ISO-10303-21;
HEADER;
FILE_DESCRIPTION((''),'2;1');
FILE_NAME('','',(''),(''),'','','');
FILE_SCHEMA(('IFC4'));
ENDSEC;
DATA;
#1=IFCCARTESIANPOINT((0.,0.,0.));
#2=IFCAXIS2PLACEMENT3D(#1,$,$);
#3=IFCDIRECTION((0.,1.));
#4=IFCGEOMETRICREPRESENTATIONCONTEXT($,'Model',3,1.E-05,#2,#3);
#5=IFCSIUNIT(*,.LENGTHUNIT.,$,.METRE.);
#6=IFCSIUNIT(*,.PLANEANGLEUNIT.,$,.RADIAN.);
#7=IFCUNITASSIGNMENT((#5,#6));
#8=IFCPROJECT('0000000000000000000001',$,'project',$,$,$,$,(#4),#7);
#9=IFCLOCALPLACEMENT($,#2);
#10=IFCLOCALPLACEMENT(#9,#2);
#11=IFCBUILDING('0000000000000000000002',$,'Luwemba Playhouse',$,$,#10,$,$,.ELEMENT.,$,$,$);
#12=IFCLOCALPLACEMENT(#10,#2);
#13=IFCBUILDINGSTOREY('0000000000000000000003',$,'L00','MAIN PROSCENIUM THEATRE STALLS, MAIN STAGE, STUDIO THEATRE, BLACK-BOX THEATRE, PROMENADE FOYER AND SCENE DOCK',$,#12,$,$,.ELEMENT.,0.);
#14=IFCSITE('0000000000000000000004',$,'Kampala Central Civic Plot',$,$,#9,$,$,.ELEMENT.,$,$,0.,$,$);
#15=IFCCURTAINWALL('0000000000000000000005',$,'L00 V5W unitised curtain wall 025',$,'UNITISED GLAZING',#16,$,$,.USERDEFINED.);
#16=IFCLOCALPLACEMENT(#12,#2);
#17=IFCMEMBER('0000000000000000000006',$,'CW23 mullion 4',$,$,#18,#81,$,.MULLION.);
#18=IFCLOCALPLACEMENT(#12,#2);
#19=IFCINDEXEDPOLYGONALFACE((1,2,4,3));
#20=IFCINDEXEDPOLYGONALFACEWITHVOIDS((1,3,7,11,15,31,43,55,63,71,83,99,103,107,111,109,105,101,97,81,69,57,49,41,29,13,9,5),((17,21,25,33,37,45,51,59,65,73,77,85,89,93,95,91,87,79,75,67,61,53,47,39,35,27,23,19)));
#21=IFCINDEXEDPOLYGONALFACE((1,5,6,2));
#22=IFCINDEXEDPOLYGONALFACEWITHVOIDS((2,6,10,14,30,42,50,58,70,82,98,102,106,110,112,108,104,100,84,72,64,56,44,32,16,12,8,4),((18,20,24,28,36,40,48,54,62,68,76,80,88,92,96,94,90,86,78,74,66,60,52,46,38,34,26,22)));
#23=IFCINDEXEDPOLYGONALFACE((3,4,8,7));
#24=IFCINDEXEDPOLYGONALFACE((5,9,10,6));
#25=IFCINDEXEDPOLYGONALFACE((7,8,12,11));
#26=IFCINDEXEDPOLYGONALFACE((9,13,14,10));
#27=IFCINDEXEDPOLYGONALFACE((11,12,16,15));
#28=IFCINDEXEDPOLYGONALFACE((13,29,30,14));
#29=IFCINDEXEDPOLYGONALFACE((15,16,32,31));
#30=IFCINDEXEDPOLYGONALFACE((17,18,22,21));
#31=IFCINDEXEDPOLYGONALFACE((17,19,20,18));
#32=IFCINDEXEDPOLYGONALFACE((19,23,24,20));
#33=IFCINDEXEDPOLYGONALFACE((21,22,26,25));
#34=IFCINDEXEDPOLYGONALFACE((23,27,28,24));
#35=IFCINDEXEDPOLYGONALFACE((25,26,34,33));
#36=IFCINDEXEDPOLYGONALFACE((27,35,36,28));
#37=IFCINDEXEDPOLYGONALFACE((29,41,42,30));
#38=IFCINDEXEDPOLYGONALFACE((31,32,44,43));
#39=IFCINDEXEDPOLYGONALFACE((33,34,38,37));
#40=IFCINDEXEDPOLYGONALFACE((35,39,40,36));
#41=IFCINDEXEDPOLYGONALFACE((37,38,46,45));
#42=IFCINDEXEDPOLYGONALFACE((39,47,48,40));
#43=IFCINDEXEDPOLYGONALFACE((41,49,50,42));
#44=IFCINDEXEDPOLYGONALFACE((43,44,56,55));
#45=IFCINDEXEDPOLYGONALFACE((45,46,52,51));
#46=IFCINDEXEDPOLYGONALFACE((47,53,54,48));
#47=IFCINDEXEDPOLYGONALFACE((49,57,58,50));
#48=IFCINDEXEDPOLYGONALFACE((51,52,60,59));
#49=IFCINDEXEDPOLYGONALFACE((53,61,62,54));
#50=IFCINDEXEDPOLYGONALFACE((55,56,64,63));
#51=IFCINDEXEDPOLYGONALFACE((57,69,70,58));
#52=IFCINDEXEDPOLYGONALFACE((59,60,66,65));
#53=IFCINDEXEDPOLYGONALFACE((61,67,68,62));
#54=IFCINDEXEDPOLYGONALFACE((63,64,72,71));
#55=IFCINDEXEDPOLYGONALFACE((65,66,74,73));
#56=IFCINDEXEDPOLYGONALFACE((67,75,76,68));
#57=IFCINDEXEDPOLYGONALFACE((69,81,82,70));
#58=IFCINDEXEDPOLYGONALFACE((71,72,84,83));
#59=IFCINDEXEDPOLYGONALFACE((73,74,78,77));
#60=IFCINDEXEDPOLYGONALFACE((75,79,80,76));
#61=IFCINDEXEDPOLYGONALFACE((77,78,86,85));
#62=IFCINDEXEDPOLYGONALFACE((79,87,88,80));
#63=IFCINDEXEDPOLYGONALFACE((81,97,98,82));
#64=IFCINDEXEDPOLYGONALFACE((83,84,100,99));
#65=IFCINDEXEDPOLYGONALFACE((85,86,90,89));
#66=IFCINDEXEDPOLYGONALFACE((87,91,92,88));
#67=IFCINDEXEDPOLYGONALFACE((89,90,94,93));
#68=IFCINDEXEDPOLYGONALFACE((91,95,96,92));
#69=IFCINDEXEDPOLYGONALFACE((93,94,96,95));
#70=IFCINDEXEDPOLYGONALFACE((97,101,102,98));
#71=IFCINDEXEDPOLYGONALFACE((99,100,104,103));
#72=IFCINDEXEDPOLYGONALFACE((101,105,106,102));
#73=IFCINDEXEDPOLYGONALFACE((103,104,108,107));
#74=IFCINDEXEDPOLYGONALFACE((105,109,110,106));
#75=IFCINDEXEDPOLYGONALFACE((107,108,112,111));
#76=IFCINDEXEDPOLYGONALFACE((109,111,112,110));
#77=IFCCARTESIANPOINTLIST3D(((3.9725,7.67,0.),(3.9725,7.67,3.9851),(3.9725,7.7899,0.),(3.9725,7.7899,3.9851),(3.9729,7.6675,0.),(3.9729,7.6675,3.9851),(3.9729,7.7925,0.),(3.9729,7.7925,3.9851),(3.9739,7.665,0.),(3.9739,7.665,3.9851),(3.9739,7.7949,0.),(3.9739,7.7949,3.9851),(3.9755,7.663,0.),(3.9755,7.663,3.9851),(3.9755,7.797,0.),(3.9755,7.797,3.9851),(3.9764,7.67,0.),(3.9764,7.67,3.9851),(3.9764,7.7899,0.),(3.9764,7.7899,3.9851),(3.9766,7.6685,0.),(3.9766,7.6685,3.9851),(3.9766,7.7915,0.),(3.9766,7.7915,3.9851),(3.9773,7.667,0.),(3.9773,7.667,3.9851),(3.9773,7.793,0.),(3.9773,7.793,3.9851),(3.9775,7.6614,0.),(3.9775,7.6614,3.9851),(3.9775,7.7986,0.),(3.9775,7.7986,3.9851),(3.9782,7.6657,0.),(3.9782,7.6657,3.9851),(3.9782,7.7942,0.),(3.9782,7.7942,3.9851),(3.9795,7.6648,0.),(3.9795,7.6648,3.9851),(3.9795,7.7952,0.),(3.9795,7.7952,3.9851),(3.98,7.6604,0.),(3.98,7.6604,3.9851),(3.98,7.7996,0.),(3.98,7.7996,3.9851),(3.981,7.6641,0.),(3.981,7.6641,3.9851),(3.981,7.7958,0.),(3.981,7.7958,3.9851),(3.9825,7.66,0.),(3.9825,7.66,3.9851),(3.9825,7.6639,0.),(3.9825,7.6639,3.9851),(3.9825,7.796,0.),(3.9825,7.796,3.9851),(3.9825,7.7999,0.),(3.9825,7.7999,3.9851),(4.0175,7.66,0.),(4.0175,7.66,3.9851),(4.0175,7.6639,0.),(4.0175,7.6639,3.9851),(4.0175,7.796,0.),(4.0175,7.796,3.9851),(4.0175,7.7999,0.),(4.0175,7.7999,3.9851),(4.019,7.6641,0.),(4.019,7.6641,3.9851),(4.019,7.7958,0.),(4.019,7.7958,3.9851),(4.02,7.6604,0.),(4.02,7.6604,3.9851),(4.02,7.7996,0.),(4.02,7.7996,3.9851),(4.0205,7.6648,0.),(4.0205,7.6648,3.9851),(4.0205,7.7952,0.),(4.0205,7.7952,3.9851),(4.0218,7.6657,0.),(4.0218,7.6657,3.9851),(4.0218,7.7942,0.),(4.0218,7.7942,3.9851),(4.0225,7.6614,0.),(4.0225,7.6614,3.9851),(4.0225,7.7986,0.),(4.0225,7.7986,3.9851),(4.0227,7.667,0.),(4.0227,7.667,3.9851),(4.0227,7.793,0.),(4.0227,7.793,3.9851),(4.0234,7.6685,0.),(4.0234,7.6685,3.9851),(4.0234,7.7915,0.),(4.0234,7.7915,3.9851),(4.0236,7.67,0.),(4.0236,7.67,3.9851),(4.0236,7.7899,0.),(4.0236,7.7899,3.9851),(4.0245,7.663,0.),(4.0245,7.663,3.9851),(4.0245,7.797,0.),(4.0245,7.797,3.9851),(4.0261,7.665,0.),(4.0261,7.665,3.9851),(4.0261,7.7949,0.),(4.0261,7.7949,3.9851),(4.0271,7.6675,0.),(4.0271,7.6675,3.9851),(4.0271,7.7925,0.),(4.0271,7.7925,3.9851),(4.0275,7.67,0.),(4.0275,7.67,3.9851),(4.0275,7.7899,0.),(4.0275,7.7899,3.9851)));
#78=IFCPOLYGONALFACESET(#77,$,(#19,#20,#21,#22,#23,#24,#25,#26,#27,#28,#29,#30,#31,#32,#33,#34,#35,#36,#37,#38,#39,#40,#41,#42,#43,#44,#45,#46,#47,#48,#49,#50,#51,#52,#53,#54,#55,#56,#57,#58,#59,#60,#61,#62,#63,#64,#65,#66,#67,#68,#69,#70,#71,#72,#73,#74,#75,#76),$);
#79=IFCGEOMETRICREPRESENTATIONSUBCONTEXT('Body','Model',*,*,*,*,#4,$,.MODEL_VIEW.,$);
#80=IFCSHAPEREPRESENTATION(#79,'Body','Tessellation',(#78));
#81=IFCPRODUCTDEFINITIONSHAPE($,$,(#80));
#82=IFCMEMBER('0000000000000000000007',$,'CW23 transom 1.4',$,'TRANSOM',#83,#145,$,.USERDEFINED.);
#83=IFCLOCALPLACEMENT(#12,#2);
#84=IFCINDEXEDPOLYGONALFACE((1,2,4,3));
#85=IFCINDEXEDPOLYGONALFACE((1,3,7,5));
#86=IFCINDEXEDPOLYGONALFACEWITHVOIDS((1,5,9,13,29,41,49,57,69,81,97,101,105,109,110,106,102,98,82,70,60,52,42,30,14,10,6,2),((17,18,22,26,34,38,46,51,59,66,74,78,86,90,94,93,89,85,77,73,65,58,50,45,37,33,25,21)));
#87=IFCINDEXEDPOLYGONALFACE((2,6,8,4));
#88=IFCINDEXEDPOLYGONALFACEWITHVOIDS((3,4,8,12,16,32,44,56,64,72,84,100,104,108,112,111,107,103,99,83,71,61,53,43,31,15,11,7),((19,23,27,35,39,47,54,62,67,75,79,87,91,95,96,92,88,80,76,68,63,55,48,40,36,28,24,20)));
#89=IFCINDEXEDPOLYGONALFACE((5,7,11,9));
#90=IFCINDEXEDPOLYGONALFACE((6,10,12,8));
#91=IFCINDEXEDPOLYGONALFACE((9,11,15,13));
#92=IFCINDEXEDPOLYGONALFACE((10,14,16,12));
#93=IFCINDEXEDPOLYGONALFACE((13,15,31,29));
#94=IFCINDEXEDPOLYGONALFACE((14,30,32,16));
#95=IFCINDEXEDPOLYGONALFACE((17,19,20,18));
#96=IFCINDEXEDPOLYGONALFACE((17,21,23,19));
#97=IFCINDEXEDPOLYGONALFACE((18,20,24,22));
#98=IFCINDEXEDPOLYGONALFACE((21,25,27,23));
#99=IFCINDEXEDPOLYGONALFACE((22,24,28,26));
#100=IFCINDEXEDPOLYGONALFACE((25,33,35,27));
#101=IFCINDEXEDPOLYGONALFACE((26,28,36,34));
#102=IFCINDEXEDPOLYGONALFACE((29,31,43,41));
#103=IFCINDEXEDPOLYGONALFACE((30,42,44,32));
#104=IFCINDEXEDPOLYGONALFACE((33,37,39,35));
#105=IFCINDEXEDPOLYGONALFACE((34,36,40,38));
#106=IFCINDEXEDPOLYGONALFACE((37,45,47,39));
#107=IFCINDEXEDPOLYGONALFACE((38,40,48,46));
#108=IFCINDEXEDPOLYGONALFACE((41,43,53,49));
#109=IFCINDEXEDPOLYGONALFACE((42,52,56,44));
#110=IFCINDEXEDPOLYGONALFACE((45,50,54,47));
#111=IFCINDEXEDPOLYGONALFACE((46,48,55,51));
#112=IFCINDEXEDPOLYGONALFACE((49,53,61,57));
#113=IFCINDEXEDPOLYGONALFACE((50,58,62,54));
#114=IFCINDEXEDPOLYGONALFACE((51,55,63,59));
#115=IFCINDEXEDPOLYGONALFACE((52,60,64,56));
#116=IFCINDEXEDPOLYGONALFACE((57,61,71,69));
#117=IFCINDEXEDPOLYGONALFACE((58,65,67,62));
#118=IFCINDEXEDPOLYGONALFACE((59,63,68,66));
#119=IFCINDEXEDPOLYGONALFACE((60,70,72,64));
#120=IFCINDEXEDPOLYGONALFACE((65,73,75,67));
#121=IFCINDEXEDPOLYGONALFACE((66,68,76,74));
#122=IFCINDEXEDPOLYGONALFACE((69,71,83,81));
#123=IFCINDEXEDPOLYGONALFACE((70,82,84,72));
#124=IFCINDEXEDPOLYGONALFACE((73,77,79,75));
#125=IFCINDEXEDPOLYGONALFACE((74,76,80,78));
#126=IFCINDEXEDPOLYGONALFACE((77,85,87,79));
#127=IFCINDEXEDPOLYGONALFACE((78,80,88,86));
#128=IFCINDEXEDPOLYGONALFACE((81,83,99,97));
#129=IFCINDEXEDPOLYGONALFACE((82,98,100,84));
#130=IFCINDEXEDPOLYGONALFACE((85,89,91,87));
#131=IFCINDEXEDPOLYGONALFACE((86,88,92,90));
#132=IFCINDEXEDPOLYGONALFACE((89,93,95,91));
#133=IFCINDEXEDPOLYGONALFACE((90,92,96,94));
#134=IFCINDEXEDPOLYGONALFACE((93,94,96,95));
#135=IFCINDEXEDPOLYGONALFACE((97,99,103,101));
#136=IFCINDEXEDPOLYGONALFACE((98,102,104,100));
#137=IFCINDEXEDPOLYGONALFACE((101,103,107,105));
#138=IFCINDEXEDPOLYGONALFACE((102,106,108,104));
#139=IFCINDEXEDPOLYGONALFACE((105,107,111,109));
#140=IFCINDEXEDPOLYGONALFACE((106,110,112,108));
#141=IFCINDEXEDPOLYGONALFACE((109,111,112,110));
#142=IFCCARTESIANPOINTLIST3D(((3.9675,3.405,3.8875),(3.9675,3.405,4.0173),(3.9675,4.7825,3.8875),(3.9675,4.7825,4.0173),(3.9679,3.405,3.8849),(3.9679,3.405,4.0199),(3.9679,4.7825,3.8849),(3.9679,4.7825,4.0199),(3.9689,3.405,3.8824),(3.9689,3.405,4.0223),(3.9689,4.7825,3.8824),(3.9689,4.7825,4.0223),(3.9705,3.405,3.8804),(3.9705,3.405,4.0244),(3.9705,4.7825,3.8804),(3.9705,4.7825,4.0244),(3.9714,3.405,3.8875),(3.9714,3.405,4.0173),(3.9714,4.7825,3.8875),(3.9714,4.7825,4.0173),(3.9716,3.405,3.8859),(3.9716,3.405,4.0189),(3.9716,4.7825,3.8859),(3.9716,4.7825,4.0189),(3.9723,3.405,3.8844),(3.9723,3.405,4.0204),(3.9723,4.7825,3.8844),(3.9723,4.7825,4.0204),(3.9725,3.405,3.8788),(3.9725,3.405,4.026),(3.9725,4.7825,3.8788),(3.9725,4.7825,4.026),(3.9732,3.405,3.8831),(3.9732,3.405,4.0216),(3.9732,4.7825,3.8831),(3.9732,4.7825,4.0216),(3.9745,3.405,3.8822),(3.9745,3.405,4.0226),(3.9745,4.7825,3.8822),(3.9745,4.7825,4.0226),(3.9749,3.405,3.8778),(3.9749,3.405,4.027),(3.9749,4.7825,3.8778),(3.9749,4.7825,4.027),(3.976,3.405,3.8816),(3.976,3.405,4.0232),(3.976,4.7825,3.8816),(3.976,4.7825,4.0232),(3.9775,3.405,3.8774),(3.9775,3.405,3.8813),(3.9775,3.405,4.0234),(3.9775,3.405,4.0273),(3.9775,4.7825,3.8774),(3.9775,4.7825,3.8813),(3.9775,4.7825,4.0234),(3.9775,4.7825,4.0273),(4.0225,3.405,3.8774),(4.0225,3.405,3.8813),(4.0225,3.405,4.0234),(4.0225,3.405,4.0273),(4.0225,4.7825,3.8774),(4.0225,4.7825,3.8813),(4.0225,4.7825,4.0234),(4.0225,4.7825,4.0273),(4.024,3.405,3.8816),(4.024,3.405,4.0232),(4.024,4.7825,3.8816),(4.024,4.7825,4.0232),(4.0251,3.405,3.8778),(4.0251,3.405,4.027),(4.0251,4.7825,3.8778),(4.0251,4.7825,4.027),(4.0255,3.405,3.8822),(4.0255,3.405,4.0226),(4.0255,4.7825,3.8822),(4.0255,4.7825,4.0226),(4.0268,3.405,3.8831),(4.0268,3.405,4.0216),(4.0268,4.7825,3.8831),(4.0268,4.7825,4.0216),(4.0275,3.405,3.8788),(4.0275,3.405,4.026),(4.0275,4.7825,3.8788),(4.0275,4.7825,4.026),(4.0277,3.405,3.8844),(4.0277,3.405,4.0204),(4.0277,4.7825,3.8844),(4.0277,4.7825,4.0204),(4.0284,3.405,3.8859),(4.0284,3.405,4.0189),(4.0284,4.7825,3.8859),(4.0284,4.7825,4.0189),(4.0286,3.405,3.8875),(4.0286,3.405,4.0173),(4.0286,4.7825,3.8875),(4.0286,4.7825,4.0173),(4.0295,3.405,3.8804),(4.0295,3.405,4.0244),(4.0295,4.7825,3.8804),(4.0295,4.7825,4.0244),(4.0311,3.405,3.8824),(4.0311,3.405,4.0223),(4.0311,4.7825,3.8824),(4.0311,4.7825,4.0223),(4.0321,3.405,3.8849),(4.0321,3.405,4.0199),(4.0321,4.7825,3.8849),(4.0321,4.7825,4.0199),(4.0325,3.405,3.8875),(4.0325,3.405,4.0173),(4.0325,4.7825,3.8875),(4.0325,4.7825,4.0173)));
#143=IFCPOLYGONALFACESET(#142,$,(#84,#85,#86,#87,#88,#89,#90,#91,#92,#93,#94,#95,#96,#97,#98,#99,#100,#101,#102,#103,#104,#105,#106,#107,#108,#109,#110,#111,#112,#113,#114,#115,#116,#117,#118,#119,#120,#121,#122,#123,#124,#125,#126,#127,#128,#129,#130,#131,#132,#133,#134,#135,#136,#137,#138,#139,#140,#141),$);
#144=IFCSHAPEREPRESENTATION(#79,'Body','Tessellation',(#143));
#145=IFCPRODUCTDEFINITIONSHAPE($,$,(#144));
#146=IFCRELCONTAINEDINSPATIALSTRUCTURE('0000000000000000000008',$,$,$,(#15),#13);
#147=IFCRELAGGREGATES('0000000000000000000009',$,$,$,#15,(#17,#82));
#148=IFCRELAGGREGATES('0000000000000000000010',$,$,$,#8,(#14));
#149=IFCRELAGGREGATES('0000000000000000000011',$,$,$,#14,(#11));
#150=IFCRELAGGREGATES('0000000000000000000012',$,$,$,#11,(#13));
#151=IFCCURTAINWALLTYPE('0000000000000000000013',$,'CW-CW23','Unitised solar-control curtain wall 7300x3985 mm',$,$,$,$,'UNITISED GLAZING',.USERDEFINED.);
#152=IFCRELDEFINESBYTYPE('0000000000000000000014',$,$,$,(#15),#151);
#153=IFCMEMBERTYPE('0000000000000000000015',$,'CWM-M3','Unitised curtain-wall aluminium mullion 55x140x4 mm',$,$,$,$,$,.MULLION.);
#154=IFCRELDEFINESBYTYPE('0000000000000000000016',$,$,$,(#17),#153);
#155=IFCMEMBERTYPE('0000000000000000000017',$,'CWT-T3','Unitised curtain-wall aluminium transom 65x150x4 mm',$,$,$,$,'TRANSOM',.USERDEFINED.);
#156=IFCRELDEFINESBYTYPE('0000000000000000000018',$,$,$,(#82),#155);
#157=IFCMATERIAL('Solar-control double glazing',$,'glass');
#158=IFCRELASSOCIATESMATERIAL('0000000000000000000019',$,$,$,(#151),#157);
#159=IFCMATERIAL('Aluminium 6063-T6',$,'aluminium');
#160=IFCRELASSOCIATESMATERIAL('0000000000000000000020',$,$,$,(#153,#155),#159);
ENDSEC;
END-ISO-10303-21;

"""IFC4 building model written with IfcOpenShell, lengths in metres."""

from ifc_helpers import new_model, si_unit, direction, frame, origin, origin_2d, place, context, subcontext, project, spatial, hollow_rectangle, extrude, material, material_profile, profile_set, type_object, element, aggregate, save


model = new_model("IFC4")

# Units and contexts
model_context = context("Model", 3, precision=1e-05, world=origin(), true_north=direction((0.0, 1.0)))
body_context = subcontext(model_context, "Body", "Model", "MODEL_VIEW")
ifc_project = project(units=[si_unit("LENGTHUNIT", "METRE"), si_unit("PLANEANGLEUNIT", "RADIAN")], contexts=[model_context])

# Site, building, storey
site_placement = place(None, origin())
site = spatial("IfcSite", under=ifc_project, at=site_placement, Name="Kampala Central Civic Plot", CompositionType="ELEMENT", RefElevation=0.0)
building_placement = place(site_placement, origin())
building = spatial("IfcBuilding", under=site, at=building_placement, Name="Luwemba Playhouse", CompositionType="ELEMENT")
storey_placement = place(building_placement, origin())
storey = spatial("IfcBuildingStorey", under=building, at=storey_placement, Name="L00", Description="MAIN PROSCENIUM THEATRE STALLS, MAIN STAGE, STUDIO THEATRE, BLACK-BOX THEATRE, PROMENADE FOYER AND SCENE DOCK", CompositionType="ELEMENT", Elevation=0.0)

# Curtain wall, members
ifc_material_1 = material(Name="Solar-control double glazing", Category="glass")
curtain_wall_type = type_object("IfcCurtainWallType", Name="CW-CW23", Description="Unitised solar-control curtain wall 7300x3985 mm", ElementType="UNITISED GLAZING", PredefinedType="USERDEFINED", material=ifc_material_1)
curtain_wall_placement = place(storey_placement, origin())
curtain_wall = element("IfcCurtainWall", 1, at=curtain_wall_placement, inside=storey, type_object=curtain_wall_type, Name="L00 V5W unitised curtain wall 025", ObjectType="UNITISED GLAZING", PredefinedType="USERDEFINED")
ifc_material_2 = material(Name="Aluminium 6063-T6", Category="aluminium")
ifc_material_profile_1 = material_profile(ifc_material_2, hollow_rectangle(XDim=0.0549, YDim=0.1399, WallThickness=0.0039, InnerFilletRadius=0.0061, OuterFilletRadius=0.01, at=origin_2d()))
ifc_profile_set_1 = profile_set([ifc_material_profile_1], Name="Aluminium 6063-T6")
member_type_1 = type_object("IfcMemberType", Name="CWM-M3", Description="Unitised curtain-wall aluminium mullion 55x140x4 mm", PredefinedType="MULLION", material=ifc_profile_set_1)
member_1_placement = place(storey_placement, frame((4.0, 7.73, 0.0), z_axis=(0.0, 0.0, 1.0), x_axis=(-1.0, 0.0, 0.0)))
member_1 = element("IfcMember", 2, at=member_1_placement, type_object=member_type_1, Name="CW23 mullion 4", PredefinedType="MULLION", context=body_context, shape_type="SweptSolid", body=[
    extrude(hollow_rectangle(XDim=0.0549, YDim=0.1399, WallThickness=0.0039, InnerFilletRadius=0.0061, OuterFilletRadius=0.01, at=origin_2d()), origin(), (0.0, 0.0, 1.0), 3.9851),
])
ifc_material_profile_2 = material_profile(ifc_material_2, hollow_rectangle(XDim=0.0649, YDim=0.1499, WallThickness=0.0039, InnerFilletRadius=0.0061, OuterFilletRadius=0.01, at=origin_2d()))
ifc_profile_set_2 = profile_set([ifc_material_profile_2], Name="Aluminium 6063-T6")
member_type_2 = type_object("IfcMemberType", Name="CWT-T3", Description="Unitised curtain-wall aluminium transom 65x150x4 mm", ElementType="TRANSOM", PredefinedType="USERDEFINED", material=ifc_profile_set_2)
member_2_placement = place(storey_placement, frame((4.0, 3.405, 3.9524), z_axis=(0.0, 1.0, 0.0), x_axis=(-1.0, 0.0, 0.0)))
member_2 = element("IfcMember", 3, at=member_2_placement, type_object=member_type_2, Name="CW23 transom 1.4", ObjectType="TRANSOM", PredefinedType="USERDEFINED", context=body_context, shape_type="SweptSolid", body=[
    extrude(hollow_rectangle(XDim=0.0649, YDim=0.1499, WallThickness=0.0039, InnerFilletRadius=0.0061, OuterFilletRadius=0.01, at=origin_2d()), origin(), (0.0, 0.0, 1.0), 1.3774),
])
aggregate(curtain_wall, [member_1, member_2])

save(model, "model.ifc")
